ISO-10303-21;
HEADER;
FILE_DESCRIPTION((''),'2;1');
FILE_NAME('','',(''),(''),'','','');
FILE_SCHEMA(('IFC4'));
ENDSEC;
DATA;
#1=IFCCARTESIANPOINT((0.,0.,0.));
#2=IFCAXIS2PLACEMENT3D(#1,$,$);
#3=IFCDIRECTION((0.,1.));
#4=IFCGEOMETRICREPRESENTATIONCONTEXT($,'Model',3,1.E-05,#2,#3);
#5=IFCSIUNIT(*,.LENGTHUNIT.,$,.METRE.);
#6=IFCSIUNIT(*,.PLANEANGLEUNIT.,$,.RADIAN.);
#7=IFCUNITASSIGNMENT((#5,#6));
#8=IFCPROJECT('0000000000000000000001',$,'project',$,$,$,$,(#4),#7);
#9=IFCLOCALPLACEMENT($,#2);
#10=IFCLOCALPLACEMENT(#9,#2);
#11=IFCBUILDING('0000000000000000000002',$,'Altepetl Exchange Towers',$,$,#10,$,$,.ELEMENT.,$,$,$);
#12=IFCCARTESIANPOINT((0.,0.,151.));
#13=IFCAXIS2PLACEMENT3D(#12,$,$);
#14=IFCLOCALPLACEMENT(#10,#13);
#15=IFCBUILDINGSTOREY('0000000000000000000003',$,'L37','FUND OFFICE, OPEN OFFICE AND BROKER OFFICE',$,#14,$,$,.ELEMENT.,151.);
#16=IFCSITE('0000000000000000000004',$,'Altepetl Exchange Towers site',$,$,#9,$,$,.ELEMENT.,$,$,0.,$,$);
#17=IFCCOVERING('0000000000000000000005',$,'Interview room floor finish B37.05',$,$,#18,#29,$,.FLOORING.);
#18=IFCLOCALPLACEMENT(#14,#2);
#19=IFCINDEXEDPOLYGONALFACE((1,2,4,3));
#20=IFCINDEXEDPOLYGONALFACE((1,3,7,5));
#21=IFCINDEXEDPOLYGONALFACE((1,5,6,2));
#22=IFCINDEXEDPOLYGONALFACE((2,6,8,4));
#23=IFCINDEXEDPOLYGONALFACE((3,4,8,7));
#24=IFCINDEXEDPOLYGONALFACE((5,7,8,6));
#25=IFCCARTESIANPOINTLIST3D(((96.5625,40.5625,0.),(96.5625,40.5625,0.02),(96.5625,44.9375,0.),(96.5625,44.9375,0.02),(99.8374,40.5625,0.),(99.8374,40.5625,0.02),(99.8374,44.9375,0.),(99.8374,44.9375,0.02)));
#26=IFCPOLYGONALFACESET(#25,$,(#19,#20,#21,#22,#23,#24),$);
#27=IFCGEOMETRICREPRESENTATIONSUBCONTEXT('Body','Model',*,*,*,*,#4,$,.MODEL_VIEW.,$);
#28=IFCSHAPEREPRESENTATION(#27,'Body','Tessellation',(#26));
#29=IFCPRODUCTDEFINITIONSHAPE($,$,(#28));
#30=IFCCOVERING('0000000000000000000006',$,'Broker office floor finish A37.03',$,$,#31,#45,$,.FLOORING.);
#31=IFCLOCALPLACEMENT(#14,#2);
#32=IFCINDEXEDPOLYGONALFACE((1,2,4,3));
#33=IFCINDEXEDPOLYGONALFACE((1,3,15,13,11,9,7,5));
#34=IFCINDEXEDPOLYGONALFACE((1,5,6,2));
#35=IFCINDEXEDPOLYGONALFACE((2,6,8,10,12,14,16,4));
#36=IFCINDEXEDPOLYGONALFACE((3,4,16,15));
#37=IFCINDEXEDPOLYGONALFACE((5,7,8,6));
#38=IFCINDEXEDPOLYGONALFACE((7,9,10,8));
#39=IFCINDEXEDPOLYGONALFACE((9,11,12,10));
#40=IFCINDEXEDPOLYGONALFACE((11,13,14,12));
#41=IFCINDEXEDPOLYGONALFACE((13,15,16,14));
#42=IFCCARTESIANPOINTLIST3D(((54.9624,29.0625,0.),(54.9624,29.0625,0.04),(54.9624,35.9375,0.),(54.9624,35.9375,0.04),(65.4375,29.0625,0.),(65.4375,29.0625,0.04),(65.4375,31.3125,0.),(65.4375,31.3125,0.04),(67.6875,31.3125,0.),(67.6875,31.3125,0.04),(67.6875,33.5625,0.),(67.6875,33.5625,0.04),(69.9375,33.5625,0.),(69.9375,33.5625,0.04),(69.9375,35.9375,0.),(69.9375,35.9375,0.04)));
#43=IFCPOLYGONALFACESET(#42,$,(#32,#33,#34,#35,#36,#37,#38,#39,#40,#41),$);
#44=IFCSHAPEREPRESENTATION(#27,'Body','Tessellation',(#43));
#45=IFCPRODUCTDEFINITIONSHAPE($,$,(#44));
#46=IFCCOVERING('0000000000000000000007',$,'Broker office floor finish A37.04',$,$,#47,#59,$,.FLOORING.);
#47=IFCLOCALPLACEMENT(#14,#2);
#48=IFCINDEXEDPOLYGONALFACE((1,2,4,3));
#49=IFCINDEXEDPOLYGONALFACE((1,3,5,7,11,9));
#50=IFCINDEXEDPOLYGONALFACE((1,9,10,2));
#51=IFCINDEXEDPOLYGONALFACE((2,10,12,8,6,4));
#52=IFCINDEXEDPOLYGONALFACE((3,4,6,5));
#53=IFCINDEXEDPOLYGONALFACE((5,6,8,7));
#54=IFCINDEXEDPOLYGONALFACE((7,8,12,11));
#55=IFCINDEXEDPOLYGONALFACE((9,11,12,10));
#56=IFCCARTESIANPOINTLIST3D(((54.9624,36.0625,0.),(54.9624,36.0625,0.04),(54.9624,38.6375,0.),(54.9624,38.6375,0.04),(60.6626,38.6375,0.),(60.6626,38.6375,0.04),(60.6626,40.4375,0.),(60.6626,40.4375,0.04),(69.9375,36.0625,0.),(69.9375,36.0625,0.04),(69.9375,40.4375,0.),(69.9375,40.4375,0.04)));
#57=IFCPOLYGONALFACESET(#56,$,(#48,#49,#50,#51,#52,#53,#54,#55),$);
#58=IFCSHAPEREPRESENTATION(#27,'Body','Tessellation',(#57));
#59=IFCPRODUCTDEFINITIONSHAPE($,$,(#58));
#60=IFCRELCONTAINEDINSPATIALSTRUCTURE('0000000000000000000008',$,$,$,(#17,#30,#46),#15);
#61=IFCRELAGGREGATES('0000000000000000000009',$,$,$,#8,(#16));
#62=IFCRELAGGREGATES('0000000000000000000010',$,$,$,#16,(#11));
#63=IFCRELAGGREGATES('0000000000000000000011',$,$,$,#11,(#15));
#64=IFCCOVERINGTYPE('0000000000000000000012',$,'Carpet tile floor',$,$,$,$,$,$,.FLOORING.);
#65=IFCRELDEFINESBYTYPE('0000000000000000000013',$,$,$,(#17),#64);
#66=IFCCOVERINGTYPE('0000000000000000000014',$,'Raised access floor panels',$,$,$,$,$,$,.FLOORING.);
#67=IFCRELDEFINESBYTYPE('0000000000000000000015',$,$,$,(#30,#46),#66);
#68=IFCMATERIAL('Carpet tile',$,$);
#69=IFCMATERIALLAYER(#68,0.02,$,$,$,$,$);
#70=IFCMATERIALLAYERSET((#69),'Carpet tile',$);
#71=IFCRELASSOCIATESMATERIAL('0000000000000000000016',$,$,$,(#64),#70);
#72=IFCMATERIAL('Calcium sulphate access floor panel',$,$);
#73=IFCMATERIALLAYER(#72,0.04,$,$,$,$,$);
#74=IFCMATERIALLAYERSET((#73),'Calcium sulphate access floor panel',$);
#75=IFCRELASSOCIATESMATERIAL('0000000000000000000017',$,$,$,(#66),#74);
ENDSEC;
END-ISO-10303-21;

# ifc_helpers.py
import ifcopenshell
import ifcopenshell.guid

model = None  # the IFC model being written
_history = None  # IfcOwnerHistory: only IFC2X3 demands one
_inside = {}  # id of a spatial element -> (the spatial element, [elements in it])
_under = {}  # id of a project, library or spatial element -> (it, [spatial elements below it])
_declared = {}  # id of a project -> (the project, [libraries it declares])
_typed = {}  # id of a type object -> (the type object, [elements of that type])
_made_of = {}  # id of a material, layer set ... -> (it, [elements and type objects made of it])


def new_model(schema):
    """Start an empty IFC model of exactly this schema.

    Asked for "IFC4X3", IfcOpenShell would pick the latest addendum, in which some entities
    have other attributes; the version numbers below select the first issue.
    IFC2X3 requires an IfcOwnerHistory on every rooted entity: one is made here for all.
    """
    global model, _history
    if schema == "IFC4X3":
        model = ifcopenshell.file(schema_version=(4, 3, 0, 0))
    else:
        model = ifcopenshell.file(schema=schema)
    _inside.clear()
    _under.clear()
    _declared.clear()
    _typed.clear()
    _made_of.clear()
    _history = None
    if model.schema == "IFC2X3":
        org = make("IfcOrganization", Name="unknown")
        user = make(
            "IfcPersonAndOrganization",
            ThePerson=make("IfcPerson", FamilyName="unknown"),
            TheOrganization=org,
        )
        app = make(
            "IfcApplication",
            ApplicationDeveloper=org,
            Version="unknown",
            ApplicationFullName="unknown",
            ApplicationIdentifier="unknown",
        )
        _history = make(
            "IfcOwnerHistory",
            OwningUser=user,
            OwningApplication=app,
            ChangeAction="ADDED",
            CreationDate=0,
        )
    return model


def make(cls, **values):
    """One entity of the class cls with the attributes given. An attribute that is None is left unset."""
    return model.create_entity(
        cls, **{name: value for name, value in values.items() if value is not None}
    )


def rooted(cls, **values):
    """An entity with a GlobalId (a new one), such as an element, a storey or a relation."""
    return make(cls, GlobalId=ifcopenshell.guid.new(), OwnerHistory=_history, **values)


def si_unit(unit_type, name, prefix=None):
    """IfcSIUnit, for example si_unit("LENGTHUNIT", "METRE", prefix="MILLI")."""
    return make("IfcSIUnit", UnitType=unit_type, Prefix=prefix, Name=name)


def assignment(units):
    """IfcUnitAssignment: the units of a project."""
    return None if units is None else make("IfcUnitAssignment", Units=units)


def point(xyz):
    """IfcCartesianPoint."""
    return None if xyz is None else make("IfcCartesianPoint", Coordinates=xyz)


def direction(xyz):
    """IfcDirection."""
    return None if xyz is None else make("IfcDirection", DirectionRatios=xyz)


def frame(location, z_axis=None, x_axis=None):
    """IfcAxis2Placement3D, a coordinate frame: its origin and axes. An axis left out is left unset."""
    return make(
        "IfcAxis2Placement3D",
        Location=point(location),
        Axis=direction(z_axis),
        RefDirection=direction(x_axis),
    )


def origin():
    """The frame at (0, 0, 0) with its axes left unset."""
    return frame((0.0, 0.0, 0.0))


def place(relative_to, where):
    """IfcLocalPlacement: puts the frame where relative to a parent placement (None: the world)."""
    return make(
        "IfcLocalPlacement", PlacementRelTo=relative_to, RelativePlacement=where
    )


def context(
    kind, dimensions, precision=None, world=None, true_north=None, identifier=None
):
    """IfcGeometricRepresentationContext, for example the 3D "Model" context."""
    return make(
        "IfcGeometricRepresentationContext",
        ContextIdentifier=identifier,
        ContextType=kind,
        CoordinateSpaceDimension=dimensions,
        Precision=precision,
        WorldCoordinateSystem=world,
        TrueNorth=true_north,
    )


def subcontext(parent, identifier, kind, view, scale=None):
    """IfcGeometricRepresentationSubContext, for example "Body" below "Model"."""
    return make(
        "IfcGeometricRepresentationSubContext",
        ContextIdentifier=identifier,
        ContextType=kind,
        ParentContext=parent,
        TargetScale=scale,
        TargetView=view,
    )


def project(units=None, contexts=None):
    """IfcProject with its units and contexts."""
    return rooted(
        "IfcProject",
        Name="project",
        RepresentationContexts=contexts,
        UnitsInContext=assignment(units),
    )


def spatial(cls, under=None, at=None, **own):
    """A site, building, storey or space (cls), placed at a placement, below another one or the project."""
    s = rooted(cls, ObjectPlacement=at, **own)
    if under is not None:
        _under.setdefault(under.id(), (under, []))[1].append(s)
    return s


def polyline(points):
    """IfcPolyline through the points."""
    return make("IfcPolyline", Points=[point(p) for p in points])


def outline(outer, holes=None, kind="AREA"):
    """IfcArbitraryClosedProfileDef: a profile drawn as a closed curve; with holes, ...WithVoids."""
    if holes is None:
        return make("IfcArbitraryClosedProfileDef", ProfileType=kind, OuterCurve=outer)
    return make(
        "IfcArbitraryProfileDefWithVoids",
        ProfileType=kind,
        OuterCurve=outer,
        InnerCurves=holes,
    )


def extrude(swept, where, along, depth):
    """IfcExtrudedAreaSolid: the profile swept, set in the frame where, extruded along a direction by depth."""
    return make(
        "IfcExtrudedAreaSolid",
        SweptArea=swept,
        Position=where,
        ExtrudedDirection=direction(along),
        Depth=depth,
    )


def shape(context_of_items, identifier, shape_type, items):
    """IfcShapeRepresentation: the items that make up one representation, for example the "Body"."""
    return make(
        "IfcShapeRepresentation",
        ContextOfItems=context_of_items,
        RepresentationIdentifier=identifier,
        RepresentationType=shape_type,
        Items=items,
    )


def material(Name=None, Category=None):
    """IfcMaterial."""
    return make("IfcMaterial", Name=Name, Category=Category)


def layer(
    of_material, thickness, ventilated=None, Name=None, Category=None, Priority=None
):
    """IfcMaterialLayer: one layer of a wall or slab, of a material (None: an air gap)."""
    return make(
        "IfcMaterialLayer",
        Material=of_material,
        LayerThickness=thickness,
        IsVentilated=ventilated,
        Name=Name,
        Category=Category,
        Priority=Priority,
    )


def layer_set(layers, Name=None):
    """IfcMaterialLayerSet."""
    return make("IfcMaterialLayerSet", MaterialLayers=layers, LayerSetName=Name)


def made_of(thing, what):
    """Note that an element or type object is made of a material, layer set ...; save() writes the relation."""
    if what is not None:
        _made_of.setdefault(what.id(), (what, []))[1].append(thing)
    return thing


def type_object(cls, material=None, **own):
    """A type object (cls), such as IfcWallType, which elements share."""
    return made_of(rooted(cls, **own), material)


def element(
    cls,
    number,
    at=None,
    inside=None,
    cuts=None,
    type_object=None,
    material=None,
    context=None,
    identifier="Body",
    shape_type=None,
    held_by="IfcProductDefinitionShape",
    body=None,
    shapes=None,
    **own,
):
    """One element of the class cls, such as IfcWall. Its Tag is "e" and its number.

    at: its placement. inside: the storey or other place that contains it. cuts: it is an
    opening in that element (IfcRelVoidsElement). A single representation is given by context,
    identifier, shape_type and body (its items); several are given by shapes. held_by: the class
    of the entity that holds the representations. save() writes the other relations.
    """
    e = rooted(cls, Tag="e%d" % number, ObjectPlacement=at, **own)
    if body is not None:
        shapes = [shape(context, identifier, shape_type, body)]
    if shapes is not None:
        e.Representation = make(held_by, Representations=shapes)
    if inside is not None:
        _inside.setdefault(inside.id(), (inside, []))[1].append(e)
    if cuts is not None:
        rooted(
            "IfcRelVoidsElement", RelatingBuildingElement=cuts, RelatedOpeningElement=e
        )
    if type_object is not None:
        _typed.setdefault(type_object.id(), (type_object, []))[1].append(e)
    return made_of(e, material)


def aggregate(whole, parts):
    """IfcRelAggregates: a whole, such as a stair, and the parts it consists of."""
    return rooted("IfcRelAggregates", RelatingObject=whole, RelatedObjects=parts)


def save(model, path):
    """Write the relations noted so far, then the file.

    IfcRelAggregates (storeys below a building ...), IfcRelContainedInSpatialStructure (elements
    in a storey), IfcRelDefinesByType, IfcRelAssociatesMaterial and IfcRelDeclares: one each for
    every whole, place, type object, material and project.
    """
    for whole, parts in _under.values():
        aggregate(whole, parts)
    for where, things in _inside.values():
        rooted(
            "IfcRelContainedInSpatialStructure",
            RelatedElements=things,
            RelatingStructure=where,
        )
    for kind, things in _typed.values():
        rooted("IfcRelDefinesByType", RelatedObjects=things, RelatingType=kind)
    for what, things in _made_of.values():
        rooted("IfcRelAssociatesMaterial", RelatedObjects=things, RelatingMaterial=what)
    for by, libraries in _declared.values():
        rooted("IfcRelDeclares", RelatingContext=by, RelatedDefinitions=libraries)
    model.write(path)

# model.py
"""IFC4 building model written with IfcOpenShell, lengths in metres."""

from ifc_helpers import new_model, si_unit, direction, frame, origin, place, context, subcontext, project, spatial, polyline, outline, extrude, material, layer, layer_set, type_object, element, save


model = new_model("IFC4")

# Units and contexts
model_context = context("Model", 3, precision=1e-05, world=origin(), true_north=direction((0.0, 1.0)))
body_context = subcontext(model_context, "Body", "Model", "MODEL_VIEW")
ifc_project = project(units=[si_unit("LENGTHUNIT", "METRE"), si_unit("PLANEANGLEUNIT", "RADIAN")], contexts=[model_context])

# Site, building, storey
site_placement = place(None, origin())
site = spatial("IfcSite", under=ifc_project, at=site_placement, Name="Altepetl Exchange Towers site", CompositionType="ELEMENT", RefElevation=0.0)
building_placement = place(site_placement, origin())
building = spatial("IfcBuilding", under=site, at=building_placement, Name="Altepetl Exchange Towers", CompositionType="ELEMENT")
storey_placement = place(building_placement, frame((0.0, 0.0, 151.0)))
storey = spatial("IfcBuildingStorey", under=building, at=storey_placement, Name="L37", Description="FUND OFFICE, OPEN OFFICE AND BROKER OFFICE", CompositionType="ELEMENT", Elevation=151.0)

# Coverings
ifc_material_1 = material(Name="Carpet tile")
ifc_layer_1 = layer(ifc_material_1, 0.02)
ifc_layer_set_1 = layer_set([ifc_layer_1], Name="Carpet tile")
covering_type_1 = type_object("IfcCoveringType", Name="Carpet tile floor", PredefinedType="FLOORING", material=ifc_layer_set_1)
covering_1_placement = place(storey_placement, origin())
element("IfcCovering", 1, at=covering_1_placement, inside=storey, type_object=covering_type_1, Name="Interview room floor finish B37.05", PredefinedType="FLOORING", context=body_context, shape_type="SweptSolid", body=[
    extrude(outline(polyline([(96.5625, 40.5625), (99.8374, 40.5625), (99.8374, 44.9375), (96.5625, 44.9375), (96.5625, 40.5625)])), origin(), (0.0, 0.0, 1.0), 0.02),
])
ifc_material_2 = material(Name="Calcium sulphate access floor panel")
ifc_layer_2 = layer(ifc_material_2, 0.04)
ifc_layer_set_2 = layer_set([ifc_layer_2], Name="Calcium sulphate access floor panel")
covering_type_2 = type_object("IfcCoveringType", Name="Raised access floor panels", PredefinedType="FLOORING", material=ifc_layer_set_2)
covering_2_placement = place(storey_placement, origin())
element("IfcCovering", 2, at=covering_2_placement, inside=storey, type_object=covering_type_2, Name="Broker office floor finish A37.03", PredefinedType="FLOORING", context=body_context, shape_type="SweptSolid", body=[
    extrude(outline(polyline([(69.9375, 35.9375), (54.9624, 35.9375), (54.9624, 29.0625), (65.4375, 29.0625), (65.4375, 31.3125), (67.6875, 31.3125), (67.6875, 33.5625), (69.9375, 33.5625), (69.9375, 35.9375)])), origin(), (0.0, 0.0, 1.0), 0.04),
])
covering_3_placement = place(storey_placement, origin())
element("IfcCovering", 3, at=covering_3_placement, inside=storey, type_object=covering_type_2, Name="Broker office floor finish A37.04", PredefinedType="FLOORING", context=body_context, shape_type="SweptSolid", body=[
    extrude(outline(polyline([(69.9375, 40.4375), (60.6626, 40.4375), (60.6626, 38.6375), (54.9624, 38.6375), (54.9624, 36.0625), (69.9375, 36.0625), (69.9375, 40.4375)])), origin(), (0.0, 0.0, 1.0), 0.04),
])

save(model, "model.ifc")
